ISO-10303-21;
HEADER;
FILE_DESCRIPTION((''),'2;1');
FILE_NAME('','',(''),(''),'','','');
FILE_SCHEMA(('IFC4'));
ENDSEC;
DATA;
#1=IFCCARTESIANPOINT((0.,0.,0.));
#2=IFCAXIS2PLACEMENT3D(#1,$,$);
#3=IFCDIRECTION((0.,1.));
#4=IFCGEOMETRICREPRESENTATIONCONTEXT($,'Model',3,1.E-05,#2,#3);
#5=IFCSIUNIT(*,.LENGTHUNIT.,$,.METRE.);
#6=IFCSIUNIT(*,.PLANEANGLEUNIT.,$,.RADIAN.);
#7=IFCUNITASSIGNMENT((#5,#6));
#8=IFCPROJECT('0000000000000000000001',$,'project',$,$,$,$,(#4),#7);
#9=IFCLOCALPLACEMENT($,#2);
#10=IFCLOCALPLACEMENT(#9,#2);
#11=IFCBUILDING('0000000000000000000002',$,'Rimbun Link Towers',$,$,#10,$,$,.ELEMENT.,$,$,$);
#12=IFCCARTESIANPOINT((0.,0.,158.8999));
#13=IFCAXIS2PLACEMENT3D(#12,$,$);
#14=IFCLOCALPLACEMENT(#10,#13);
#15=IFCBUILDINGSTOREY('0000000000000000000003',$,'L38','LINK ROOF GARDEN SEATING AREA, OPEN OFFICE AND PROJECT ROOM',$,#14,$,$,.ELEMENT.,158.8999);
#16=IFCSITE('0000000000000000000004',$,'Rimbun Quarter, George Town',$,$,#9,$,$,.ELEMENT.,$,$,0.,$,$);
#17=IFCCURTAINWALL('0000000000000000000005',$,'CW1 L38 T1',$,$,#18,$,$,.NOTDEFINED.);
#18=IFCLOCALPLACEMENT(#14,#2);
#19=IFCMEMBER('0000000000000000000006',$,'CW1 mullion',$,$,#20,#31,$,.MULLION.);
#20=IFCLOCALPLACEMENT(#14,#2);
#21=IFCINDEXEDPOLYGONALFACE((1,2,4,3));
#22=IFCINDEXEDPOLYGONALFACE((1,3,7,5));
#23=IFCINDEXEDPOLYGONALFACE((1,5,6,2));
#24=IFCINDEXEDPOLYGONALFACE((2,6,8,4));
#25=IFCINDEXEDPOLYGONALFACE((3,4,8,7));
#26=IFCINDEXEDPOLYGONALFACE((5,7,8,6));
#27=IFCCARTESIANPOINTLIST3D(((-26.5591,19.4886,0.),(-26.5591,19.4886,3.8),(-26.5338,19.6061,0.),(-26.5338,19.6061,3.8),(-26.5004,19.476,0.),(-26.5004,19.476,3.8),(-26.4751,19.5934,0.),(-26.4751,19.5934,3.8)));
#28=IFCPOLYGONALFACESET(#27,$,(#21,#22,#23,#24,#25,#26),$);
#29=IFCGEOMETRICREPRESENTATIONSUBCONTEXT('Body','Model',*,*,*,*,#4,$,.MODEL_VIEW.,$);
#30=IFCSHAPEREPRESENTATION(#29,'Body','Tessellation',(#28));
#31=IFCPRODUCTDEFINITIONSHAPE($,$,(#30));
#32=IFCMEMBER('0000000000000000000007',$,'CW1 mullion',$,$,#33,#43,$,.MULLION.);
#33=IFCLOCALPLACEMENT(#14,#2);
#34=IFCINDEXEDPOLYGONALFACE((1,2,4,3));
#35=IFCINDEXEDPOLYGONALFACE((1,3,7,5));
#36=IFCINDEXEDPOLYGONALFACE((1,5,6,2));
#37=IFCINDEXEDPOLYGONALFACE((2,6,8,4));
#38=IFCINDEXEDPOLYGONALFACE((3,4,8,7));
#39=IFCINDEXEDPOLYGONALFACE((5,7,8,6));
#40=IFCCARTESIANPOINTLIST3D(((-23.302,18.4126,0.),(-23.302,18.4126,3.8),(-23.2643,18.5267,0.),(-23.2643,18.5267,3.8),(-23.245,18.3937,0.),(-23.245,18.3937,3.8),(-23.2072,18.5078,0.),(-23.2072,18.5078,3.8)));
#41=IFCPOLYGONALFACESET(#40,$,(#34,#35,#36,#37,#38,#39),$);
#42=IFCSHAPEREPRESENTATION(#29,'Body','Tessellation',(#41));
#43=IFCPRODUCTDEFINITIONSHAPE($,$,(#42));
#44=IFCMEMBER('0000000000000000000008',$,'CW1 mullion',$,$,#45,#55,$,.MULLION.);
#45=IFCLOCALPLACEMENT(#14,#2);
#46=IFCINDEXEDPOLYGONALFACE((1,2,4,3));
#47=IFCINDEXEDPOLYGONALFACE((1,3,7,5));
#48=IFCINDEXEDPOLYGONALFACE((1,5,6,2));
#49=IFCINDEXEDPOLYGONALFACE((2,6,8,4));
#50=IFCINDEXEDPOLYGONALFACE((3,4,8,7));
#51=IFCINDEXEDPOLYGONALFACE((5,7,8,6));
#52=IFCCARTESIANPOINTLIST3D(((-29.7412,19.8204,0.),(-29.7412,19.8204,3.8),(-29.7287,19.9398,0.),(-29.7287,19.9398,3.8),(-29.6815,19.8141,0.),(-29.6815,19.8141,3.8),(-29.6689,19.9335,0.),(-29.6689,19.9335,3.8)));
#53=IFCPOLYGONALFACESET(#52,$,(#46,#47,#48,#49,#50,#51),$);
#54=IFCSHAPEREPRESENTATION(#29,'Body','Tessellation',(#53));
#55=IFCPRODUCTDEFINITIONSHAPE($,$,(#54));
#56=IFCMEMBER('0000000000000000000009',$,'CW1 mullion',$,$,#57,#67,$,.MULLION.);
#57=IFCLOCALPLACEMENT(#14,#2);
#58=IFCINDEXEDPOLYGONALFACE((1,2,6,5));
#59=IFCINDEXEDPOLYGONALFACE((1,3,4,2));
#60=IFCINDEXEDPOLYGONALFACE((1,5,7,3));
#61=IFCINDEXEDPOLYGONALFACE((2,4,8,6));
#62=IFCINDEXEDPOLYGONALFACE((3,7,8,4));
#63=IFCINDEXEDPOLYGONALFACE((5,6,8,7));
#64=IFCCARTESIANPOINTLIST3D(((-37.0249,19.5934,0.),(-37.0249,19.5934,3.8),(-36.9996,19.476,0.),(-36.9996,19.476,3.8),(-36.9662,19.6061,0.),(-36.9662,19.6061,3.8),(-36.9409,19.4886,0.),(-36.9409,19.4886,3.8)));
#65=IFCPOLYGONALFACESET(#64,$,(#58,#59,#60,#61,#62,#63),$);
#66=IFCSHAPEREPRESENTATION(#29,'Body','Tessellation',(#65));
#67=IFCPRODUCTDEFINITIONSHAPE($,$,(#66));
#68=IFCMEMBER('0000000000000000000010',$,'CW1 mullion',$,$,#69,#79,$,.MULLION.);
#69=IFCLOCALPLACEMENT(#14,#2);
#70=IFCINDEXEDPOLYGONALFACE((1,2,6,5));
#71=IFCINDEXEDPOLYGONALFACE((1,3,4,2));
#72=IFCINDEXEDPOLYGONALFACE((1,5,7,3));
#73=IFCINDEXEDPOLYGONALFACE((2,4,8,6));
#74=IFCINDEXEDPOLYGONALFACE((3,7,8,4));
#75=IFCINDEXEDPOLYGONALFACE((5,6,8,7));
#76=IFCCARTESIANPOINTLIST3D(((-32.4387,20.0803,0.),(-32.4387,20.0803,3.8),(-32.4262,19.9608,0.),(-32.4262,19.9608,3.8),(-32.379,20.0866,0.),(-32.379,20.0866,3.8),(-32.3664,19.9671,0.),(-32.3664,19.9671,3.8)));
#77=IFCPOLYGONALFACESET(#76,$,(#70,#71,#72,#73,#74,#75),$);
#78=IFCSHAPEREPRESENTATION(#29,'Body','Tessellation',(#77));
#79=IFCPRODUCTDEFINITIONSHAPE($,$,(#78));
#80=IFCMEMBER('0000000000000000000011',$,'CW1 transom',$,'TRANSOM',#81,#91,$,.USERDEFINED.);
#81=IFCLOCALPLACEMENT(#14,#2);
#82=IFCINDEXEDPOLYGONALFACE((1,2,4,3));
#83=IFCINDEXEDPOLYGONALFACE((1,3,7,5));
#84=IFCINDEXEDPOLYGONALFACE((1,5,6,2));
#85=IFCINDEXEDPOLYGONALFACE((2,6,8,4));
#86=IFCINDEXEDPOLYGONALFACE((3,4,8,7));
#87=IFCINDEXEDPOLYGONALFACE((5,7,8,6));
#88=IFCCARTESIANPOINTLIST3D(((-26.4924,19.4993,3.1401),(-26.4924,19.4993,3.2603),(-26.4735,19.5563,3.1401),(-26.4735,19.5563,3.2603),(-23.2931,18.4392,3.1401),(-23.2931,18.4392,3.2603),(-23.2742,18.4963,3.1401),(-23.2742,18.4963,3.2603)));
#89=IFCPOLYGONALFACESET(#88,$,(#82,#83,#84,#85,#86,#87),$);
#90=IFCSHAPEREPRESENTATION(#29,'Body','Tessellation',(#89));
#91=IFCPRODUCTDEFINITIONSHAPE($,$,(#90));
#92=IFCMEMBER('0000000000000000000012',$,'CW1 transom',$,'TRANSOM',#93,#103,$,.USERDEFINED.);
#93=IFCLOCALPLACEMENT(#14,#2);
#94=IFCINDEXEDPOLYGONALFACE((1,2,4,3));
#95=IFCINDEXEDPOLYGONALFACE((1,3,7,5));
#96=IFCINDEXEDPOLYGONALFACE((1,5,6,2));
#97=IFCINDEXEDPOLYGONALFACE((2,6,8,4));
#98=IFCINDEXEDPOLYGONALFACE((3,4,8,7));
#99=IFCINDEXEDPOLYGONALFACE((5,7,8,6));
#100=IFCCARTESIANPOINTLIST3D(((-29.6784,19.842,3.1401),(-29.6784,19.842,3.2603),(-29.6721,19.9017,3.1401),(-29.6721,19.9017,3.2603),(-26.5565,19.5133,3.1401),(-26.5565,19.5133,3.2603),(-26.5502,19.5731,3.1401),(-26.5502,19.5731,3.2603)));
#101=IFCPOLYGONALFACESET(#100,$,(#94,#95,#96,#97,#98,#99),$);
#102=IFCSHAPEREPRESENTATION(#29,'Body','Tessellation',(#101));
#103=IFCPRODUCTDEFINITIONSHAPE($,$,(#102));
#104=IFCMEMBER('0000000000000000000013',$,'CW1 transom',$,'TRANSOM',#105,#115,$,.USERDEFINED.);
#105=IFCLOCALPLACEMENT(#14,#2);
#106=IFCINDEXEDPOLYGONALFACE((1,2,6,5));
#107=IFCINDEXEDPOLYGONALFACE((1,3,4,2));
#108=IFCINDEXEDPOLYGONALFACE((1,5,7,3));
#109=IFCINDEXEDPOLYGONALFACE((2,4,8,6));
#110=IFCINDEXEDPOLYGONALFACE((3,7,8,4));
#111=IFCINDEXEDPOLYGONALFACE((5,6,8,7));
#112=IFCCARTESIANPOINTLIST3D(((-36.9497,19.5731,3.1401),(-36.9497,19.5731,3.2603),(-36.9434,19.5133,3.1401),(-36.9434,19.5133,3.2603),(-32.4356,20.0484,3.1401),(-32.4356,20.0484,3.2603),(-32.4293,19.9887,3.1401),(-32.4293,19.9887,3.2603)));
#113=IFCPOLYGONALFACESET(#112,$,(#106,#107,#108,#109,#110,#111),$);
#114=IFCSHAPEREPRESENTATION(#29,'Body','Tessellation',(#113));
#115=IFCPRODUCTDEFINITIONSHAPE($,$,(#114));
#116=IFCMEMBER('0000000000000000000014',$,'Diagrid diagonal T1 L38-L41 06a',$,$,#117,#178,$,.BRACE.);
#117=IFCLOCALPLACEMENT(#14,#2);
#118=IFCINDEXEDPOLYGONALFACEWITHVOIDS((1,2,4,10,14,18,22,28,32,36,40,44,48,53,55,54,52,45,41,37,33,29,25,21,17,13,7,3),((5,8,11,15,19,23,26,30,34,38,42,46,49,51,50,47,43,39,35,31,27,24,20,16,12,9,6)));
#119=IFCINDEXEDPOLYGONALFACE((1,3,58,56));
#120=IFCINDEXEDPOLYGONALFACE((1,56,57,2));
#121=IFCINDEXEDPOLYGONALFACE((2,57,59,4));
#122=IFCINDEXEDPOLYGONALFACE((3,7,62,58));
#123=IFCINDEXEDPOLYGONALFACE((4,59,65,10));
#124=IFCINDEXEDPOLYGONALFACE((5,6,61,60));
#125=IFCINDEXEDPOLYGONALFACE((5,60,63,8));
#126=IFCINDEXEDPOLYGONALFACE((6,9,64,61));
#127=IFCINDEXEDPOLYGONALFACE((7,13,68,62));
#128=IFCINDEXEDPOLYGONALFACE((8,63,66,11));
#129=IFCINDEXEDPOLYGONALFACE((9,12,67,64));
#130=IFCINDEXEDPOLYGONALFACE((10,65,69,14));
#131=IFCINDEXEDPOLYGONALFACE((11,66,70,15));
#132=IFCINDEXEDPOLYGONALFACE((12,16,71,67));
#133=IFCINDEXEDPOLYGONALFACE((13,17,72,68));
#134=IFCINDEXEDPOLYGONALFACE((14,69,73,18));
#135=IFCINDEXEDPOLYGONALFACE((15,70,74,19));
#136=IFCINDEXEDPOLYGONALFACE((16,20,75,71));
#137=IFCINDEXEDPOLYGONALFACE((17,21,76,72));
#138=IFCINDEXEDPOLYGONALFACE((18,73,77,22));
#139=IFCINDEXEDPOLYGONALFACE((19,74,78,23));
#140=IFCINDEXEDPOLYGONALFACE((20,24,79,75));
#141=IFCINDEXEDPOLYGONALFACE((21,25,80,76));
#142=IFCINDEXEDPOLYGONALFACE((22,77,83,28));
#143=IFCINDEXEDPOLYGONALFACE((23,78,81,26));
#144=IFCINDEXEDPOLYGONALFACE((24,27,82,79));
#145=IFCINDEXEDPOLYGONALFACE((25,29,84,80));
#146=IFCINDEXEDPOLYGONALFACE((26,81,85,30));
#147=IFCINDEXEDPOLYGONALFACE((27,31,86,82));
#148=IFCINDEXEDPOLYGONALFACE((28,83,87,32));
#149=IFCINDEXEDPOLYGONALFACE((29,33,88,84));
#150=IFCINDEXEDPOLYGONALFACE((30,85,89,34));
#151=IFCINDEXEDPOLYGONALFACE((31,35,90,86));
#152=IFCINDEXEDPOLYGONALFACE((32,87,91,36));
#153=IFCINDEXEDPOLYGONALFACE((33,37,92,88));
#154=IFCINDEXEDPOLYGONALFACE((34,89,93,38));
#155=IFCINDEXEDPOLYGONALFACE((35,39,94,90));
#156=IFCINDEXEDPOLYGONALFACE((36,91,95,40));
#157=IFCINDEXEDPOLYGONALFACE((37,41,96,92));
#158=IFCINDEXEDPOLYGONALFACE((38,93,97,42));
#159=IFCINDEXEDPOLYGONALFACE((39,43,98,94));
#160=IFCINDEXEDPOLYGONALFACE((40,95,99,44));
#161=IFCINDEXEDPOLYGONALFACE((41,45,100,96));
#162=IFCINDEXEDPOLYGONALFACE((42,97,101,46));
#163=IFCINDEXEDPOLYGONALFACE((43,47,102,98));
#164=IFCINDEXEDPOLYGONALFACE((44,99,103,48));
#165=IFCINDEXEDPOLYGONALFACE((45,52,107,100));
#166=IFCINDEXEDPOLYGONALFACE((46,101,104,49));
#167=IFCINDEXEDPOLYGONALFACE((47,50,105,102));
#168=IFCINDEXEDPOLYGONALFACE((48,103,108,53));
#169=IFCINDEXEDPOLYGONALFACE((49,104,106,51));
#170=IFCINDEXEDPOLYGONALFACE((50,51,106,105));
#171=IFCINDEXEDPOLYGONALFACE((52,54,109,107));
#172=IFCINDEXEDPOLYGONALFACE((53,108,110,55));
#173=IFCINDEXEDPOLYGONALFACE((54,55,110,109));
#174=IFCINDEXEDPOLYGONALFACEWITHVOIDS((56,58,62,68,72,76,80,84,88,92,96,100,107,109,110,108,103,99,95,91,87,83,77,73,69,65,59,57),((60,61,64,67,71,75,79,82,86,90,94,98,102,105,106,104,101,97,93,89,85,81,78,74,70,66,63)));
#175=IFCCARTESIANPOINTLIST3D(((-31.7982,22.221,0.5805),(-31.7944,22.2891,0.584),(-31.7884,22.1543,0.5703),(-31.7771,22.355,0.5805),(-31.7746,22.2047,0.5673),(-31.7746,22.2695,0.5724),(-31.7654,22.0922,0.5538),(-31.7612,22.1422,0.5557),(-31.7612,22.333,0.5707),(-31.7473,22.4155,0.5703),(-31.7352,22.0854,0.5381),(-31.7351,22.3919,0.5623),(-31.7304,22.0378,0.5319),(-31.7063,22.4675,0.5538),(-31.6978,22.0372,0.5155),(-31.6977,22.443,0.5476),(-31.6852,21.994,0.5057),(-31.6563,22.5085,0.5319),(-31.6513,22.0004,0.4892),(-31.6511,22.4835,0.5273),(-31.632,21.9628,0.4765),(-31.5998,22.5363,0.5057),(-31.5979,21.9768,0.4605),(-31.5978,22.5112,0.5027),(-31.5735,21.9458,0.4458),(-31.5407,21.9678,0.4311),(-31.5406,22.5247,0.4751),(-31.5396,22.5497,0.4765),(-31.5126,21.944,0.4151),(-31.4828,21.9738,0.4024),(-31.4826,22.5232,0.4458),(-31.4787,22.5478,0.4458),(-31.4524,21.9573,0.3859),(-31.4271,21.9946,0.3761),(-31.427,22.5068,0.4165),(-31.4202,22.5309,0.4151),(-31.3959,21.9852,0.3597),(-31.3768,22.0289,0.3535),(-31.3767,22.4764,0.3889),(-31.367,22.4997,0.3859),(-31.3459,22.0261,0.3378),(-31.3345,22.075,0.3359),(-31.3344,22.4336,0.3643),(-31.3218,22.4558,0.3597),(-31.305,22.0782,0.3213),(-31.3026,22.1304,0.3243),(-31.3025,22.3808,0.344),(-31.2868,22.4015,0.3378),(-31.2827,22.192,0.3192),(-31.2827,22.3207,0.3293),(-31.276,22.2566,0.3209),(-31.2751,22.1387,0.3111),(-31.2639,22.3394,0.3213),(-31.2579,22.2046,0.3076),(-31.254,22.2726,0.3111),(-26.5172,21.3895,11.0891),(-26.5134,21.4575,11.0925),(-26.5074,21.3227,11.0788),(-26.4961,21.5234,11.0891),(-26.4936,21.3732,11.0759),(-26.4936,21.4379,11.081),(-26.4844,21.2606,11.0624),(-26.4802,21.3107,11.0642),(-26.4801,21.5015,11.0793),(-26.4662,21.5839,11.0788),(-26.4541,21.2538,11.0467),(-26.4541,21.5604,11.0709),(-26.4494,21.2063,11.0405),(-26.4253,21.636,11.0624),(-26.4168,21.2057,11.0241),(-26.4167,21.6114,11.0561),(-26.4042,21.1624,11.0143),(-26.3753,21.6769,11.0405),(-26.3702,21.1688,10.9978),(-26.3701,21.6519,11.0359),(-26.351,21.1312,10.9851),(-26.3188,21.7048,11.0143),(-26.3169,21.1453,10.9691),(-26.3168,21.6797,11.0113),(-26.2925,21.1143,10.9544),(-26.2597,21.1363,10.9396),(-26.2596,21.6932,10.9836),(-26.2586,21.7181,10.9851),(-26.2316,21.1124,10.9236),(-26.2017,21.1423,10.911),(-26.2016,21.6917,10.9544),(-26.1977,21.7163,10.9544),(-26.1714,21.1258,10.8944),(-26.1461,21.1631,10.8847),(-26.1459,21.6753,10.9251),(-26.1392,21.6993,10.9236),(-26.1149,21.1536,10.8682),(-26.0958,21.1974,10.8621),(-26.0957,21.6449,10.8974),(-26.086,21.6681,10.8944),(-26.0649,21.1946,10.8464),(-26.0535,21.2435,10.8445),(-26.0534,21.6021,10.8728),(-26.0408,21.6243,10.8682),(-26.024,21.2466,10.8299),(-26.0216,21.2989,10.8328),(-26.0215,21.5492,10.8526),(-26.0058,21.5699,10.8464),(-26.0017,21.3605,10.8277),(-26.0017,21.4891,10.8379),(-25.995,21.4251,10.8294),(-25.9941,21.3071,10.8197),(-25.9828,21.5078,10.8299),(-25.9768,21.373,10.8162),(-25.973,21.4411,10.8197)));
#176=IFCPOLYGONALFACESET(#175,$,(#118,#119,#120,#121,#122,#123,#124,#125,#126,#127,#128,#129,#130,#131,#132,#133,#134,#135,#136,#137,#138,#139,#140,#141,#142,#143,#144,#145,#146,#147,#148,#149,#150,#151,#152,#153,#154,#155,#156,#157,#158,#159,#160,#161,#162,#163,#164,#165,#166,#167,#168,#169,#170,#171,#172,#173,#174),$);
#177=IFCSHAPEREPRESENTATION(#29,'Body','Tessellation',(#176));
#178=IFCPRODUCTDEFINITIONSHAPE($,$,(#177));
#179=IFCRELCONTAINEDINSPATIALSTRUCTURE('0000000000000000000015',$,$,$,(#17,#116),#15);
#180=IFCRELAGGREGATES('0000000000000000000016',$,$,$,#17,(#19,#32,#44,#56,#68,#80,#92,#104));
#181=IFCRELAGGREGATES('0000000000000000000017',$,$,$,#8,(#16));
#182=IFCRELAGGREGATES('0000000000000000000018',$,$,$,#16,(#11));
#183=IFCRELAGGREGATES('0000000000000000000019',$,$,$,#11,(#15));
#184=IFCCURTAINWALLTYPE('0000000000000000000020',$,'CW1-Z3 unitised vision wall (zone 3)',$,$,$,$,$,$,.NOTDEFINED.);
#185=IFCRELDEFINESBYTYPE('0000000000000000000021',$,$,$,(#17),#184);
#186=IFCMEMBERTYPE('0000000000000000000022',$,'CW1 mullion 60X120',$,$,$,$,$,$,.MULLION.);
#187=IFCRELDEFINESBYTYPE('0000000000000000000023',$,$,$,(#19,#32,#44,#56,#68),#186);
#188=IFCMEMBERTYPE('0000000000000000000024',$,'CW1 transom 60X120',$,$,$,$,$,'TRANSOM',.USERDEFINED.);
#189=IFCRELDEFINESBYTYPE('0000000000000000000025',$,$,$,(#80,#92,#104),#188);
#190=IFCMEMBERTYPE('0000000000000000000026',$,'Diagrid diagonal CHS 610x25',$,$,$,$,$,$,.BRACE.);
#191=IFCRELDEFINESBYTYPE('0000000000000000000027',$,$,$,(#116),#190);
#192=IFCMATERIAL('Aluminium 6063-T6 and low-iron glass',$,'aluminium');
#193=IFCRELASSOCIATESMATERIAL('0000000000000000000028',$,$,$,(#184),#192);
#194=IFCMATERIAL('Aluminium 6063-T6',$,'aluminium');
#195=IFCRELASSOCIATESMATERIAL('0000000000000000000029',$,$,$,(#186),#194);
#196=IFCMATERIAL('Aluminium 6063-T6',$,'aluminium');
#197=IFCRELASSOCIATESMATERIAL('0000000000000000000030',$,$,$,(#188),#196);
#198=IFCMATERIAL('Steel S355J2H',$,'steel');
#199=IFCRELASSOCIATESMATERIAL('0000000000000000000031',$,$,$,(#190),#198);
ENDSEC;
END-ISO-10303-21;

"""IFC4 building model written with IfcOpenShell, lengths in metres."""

from ifc_helpers import new_model, si_unit, direction, frame, origin, origin_2d, place, context, subcontext, project, spatial, rectangle, hollow_circle, extrude, material, material_profile, profile_set, type_object, element, aggregate, save


model = new_model("IFC4")

# Units and contexts
model_context = context("Model", 3, precision=1e-05, world=origin(), true_north=direction((0.0, 1.0)))
body_context = subcontext(model_context, "Body", "Model", "MODEL_VIEW")
ifc_project = project(units=[si_unit("LENGTHUNIT", "METRE"), si_unit("PLANEANGLEUNIT", "RADIAN")], contexts=[model_context])

# Site, building, storey
site_placement = place(None, origin())
site = spatial("IfcSite", under=ifc_project, at=site_placement, Name="Rimbun Quarter, George Town", CompositionType="ELEMENT", RefElevation=0.0)
building_placement = place(site_placement, origin())
building = spatial("IfcBuilding", under=site, at=building_placement, Name="Rimbun Link Towers", CompositionType="ELEMENT")
storey_placement = place(building_placement, frame((0.0, 0.0, 158.8999)))
storey = spatial("IfcBuildingStorey", under=building, at=storey_placement, Name="L38", Description="LINK ROOF GARDEN SEATING AREA, OPEN OFFICE AND PROJECT ROOM", CompositionType="ELEMENT", Elevation=158.8999)

# Curtain wall, members
ifc_material_1 = material(Name="Aluminium 6063-T6 and low-iron glass", Category="aluminium")
curtain_wall_type = type_object("IfcCurtainWallType", Name="CW1-Z3 unitised vision wall (zone 3)", PredefinedType="NOTDEFINED", material=ifc_material_1)
curtain_wall_placement = place(storey_placement, origin())
curtain_wall = element("IfcCurtainWall", 1, at=curtain_wall_placement, inside=storey, type_object=curtain_wall_type, Name="CW1 L38 T1", PredefinedType="NOTDEFINED")
ifc_material_2 = material(Name="Aluminium 6063-T6", Category="aluminium")
ifc_material_profile_1 = material_profile(ifc_material_2, rectangle(XDim=0.1201, YDim=0.0601, at=origin_2d()), Name="MULLION 60X120")
ifc_profile_set_1 = profile_set([ifc_material_profile_1], Name="Aluminium 6063-T6")
member_type_1 = type_object("IfcMemberType", Name="CW1 mullion 60X120", PredefinedType="MULLION", material=ifc_profile_set_1)
member_1_placement = place(storey_placement, frame((-26.5171, 19.541, 0.0), z_axis=(0.0, 0.0, 1.0), x_axis=(0.210866, 0.977515, 0.0)))
member_1 = element("IfcMember", 2, at=member_1_placement, type_object=member_type_1, Name="CW1 mullion", PredefinedType="MULLION", context=body_context, shape_type="SweptSolid", body=[
    extrude(rectangle(XDim=0.1201, YDim=0.0601, at=origin_2d()), origin(), (0.0, 0.0, 1.0), 3.8),
])
member_2_placement = place(storey_placement, frame((-23.2546, 18.4602, 0.0), z_axis=(0.0, 0.0, 1.0), x_axis=(0.314556, 0.949239, 0.0)))
member_2 = element("IfcMember", 3, at=member_2_placement, type_object=member_type_1, Name="CW1 mullion", PredefinedType="MULLION", context=body_context, shape_type="SweptSolid", body=[
    extrude(rectangle(XDim=0.1201, YDim=0.0601, at=origin_2d()), origin(), (0.0, 0.0, 1.0), 3.8),
])
member_3_placement = place(storey_placement, frame((-29.7051, 19.877, 0.0), z_axis=(0.0, 0.0, 1.0), x_axis=(0.10474, 0.9945, 0.0)))
member_3 = element("IfcMember", 4, at=member_3_placement, type_object=member_type_1, Name="CW1 mullion", PredefinedType="MULLION", context=body_context, shape_type="SweptSolid", body=[
    extrude(rectangle(XDim=0.1201, YDim=0.0601, at=origin_2d()), origin(), (0.0, 0.0, 1.0), 3.8),
])
member_4_placement = place(storey_placement, frame((-36.9829, 19.541, 0.0), z_axis=(0.0, 0.0, 1.0), x_axis=(-0.210866, 0.977515, 0.0)))
member_4 = element("IfcMember", 5, at=member_4_placement, type_object=member_type_1, Name="CW1 mullion", PredefinedType="MULLION", context=body_context, shape_type="SweptSolid", body=[
    extrude(rectangle(XDim=0.1201, YDim=0.0601, at=origin_2d()), origin(), (0.0, 0.0, 1.0), 3.8),
])
member_5_placement = place(storey_placement, frame((-32.4026, 20.0237, 0.0), z_axis=(0.0, 0.0, 1.0), x_axis=(-0.10474, 0.9945, 0.0)))
member_5 = element("IfcMember", 6, at=member_5_placement, type_object=member_type_1, Name="CW1 mullion", PredefinedType="MULLION", context=body_context, shape_type="SweptSolid", body=[
    extrude(rectangle(XDim=0.1201, YDim=0.0601, at=origin_2d()), origin(), (0.0, 0.0, 1.0), 3.8),
])
ifc_material_3 = material(Name="Aluminium 6063-T6", Category="aluminium")
ifc_material_profile_2 = material_profile(ifc_material_3, rectangle(XDim=0.0601, YDim=0.1201, at=origin_2d()), Name="TRANSOM 60X120")
ifc_profile_set_2 = profile_set([ifc_material_profile_2], Name="Aluminium 6063-T6")
member_type_2 = type_object("IfcMemberType", Name="CW1 transom 60X120", ElementType="TRANSOM", PredefinedType="USERDEFINED", material=ifc_profile_set_2)
member_6_placement = place(storey_placement, frame((-26.4829, 19.5278, 3.2002), z_axis=(0.949247, -0.314532, 0.0), x_axis=(0.314532, 0.949247, 0.0)))
member_6 = element("IfcMember", 7, at=member_6_placement, type_object=member_type_2, Name="CW1 transom", ObjectType="TRANSOM", PredefinedType="USERDEFINED", context=body_context, shape_type="SweptSolid", body=[
    extrude(rectangle(XDim=0.0601, YDim=0.1201, at=origin_2d()), origin(), (0.0, 0.0, 1.0), 3.3704),
])
member_7_placement = place(storey_placement, frame((-29.6753, 19.8718, 3.2002), z_axis=(0.994505, -0.104685, 0.0), x_axis=(0.104685, 0.994505, 0.0)))
member_7 = element("IfcMember", 8, at=member_7_placement, type_object=member_type_2, Name="CW1 transom", ObjectType="TRANSOM", PredefinedType="USERDEFINED", context=body_context, shape_type="SweptSolid", body=[
    extrude(rectangle(XDim=0.0601, YDim=0.1201, at=origin_2d()), origin(), (0.0, 0.0, 1.0), 3.1392),
])
member_8_placement = place(storey_placement, frame((-36.9465, 19.5432, 3.2002), z_axis=(0.994502, 0.104721, 0.0), x_axis=(-0.104721, 0.994502, 0.0)))
member_8 = element("IfcMember", 9, at=member_8_placement, type_object=member_type_2, Name="CW1 transom", ObjectType="TRANSOM", PredefinedType="USERDEFINED", context=body_context, shape_type="SweptSolid", body=[
    extrude(rectangle(XDim=0.0601, YDim=0.1201, at=origin_2d()), origin(), (0.0, 0.0, 1.0), 4.5391),
])

# Member
ifc_material_4 = material(Name="Steel S355J2H", Category="steel")
ifc_material_profile_3 = material_profile(ifc_material_4, hollow_circle(Radius=0.3047, WallThickness=0.0249, at=origin_2d()), Name="Diagrid diagonal CHS 610x25")
ifc_profile_set_3 = profile_set([ifc_material_profile_3], Name="Steel S355J2H")
member_type_3 = type_object("IfcMemberType", Name="Diagrid diagonal CHS 610x25", PredefinedType="BRACE", material=ifc_profile_set_3)
for number, where, z_axis, x_axis, name in (
    (10, (-31.5261, 22.2468, 0.4458), (0.447913, -0.070528, 0.891291), (0.155543, 0.987829, 0.0), "Diagrid diagonal T1 L38-L41 06a"),
):
    element("IfcMember", number, at=place(storey_placement, frame(where, z_axis=z_axis, x_axis=x_axis)), inside=storey, type_object=member_type_3, Name=name, PredefinedType="BRACE", context=body_context, shape_type="SweptSolid", body=[
        extrude(hollow_circle(Radius=0.3047, WallThickness=0.0249, at=origin_2d()), origin(), (0.0, 0.0, 1.0), 11.7903),
    ])

aggregate(curtain_wall, [member_1, member_2, member_3, member_4, member_5, member_6, member_7, member_8])

save(model, "model.ifc")
